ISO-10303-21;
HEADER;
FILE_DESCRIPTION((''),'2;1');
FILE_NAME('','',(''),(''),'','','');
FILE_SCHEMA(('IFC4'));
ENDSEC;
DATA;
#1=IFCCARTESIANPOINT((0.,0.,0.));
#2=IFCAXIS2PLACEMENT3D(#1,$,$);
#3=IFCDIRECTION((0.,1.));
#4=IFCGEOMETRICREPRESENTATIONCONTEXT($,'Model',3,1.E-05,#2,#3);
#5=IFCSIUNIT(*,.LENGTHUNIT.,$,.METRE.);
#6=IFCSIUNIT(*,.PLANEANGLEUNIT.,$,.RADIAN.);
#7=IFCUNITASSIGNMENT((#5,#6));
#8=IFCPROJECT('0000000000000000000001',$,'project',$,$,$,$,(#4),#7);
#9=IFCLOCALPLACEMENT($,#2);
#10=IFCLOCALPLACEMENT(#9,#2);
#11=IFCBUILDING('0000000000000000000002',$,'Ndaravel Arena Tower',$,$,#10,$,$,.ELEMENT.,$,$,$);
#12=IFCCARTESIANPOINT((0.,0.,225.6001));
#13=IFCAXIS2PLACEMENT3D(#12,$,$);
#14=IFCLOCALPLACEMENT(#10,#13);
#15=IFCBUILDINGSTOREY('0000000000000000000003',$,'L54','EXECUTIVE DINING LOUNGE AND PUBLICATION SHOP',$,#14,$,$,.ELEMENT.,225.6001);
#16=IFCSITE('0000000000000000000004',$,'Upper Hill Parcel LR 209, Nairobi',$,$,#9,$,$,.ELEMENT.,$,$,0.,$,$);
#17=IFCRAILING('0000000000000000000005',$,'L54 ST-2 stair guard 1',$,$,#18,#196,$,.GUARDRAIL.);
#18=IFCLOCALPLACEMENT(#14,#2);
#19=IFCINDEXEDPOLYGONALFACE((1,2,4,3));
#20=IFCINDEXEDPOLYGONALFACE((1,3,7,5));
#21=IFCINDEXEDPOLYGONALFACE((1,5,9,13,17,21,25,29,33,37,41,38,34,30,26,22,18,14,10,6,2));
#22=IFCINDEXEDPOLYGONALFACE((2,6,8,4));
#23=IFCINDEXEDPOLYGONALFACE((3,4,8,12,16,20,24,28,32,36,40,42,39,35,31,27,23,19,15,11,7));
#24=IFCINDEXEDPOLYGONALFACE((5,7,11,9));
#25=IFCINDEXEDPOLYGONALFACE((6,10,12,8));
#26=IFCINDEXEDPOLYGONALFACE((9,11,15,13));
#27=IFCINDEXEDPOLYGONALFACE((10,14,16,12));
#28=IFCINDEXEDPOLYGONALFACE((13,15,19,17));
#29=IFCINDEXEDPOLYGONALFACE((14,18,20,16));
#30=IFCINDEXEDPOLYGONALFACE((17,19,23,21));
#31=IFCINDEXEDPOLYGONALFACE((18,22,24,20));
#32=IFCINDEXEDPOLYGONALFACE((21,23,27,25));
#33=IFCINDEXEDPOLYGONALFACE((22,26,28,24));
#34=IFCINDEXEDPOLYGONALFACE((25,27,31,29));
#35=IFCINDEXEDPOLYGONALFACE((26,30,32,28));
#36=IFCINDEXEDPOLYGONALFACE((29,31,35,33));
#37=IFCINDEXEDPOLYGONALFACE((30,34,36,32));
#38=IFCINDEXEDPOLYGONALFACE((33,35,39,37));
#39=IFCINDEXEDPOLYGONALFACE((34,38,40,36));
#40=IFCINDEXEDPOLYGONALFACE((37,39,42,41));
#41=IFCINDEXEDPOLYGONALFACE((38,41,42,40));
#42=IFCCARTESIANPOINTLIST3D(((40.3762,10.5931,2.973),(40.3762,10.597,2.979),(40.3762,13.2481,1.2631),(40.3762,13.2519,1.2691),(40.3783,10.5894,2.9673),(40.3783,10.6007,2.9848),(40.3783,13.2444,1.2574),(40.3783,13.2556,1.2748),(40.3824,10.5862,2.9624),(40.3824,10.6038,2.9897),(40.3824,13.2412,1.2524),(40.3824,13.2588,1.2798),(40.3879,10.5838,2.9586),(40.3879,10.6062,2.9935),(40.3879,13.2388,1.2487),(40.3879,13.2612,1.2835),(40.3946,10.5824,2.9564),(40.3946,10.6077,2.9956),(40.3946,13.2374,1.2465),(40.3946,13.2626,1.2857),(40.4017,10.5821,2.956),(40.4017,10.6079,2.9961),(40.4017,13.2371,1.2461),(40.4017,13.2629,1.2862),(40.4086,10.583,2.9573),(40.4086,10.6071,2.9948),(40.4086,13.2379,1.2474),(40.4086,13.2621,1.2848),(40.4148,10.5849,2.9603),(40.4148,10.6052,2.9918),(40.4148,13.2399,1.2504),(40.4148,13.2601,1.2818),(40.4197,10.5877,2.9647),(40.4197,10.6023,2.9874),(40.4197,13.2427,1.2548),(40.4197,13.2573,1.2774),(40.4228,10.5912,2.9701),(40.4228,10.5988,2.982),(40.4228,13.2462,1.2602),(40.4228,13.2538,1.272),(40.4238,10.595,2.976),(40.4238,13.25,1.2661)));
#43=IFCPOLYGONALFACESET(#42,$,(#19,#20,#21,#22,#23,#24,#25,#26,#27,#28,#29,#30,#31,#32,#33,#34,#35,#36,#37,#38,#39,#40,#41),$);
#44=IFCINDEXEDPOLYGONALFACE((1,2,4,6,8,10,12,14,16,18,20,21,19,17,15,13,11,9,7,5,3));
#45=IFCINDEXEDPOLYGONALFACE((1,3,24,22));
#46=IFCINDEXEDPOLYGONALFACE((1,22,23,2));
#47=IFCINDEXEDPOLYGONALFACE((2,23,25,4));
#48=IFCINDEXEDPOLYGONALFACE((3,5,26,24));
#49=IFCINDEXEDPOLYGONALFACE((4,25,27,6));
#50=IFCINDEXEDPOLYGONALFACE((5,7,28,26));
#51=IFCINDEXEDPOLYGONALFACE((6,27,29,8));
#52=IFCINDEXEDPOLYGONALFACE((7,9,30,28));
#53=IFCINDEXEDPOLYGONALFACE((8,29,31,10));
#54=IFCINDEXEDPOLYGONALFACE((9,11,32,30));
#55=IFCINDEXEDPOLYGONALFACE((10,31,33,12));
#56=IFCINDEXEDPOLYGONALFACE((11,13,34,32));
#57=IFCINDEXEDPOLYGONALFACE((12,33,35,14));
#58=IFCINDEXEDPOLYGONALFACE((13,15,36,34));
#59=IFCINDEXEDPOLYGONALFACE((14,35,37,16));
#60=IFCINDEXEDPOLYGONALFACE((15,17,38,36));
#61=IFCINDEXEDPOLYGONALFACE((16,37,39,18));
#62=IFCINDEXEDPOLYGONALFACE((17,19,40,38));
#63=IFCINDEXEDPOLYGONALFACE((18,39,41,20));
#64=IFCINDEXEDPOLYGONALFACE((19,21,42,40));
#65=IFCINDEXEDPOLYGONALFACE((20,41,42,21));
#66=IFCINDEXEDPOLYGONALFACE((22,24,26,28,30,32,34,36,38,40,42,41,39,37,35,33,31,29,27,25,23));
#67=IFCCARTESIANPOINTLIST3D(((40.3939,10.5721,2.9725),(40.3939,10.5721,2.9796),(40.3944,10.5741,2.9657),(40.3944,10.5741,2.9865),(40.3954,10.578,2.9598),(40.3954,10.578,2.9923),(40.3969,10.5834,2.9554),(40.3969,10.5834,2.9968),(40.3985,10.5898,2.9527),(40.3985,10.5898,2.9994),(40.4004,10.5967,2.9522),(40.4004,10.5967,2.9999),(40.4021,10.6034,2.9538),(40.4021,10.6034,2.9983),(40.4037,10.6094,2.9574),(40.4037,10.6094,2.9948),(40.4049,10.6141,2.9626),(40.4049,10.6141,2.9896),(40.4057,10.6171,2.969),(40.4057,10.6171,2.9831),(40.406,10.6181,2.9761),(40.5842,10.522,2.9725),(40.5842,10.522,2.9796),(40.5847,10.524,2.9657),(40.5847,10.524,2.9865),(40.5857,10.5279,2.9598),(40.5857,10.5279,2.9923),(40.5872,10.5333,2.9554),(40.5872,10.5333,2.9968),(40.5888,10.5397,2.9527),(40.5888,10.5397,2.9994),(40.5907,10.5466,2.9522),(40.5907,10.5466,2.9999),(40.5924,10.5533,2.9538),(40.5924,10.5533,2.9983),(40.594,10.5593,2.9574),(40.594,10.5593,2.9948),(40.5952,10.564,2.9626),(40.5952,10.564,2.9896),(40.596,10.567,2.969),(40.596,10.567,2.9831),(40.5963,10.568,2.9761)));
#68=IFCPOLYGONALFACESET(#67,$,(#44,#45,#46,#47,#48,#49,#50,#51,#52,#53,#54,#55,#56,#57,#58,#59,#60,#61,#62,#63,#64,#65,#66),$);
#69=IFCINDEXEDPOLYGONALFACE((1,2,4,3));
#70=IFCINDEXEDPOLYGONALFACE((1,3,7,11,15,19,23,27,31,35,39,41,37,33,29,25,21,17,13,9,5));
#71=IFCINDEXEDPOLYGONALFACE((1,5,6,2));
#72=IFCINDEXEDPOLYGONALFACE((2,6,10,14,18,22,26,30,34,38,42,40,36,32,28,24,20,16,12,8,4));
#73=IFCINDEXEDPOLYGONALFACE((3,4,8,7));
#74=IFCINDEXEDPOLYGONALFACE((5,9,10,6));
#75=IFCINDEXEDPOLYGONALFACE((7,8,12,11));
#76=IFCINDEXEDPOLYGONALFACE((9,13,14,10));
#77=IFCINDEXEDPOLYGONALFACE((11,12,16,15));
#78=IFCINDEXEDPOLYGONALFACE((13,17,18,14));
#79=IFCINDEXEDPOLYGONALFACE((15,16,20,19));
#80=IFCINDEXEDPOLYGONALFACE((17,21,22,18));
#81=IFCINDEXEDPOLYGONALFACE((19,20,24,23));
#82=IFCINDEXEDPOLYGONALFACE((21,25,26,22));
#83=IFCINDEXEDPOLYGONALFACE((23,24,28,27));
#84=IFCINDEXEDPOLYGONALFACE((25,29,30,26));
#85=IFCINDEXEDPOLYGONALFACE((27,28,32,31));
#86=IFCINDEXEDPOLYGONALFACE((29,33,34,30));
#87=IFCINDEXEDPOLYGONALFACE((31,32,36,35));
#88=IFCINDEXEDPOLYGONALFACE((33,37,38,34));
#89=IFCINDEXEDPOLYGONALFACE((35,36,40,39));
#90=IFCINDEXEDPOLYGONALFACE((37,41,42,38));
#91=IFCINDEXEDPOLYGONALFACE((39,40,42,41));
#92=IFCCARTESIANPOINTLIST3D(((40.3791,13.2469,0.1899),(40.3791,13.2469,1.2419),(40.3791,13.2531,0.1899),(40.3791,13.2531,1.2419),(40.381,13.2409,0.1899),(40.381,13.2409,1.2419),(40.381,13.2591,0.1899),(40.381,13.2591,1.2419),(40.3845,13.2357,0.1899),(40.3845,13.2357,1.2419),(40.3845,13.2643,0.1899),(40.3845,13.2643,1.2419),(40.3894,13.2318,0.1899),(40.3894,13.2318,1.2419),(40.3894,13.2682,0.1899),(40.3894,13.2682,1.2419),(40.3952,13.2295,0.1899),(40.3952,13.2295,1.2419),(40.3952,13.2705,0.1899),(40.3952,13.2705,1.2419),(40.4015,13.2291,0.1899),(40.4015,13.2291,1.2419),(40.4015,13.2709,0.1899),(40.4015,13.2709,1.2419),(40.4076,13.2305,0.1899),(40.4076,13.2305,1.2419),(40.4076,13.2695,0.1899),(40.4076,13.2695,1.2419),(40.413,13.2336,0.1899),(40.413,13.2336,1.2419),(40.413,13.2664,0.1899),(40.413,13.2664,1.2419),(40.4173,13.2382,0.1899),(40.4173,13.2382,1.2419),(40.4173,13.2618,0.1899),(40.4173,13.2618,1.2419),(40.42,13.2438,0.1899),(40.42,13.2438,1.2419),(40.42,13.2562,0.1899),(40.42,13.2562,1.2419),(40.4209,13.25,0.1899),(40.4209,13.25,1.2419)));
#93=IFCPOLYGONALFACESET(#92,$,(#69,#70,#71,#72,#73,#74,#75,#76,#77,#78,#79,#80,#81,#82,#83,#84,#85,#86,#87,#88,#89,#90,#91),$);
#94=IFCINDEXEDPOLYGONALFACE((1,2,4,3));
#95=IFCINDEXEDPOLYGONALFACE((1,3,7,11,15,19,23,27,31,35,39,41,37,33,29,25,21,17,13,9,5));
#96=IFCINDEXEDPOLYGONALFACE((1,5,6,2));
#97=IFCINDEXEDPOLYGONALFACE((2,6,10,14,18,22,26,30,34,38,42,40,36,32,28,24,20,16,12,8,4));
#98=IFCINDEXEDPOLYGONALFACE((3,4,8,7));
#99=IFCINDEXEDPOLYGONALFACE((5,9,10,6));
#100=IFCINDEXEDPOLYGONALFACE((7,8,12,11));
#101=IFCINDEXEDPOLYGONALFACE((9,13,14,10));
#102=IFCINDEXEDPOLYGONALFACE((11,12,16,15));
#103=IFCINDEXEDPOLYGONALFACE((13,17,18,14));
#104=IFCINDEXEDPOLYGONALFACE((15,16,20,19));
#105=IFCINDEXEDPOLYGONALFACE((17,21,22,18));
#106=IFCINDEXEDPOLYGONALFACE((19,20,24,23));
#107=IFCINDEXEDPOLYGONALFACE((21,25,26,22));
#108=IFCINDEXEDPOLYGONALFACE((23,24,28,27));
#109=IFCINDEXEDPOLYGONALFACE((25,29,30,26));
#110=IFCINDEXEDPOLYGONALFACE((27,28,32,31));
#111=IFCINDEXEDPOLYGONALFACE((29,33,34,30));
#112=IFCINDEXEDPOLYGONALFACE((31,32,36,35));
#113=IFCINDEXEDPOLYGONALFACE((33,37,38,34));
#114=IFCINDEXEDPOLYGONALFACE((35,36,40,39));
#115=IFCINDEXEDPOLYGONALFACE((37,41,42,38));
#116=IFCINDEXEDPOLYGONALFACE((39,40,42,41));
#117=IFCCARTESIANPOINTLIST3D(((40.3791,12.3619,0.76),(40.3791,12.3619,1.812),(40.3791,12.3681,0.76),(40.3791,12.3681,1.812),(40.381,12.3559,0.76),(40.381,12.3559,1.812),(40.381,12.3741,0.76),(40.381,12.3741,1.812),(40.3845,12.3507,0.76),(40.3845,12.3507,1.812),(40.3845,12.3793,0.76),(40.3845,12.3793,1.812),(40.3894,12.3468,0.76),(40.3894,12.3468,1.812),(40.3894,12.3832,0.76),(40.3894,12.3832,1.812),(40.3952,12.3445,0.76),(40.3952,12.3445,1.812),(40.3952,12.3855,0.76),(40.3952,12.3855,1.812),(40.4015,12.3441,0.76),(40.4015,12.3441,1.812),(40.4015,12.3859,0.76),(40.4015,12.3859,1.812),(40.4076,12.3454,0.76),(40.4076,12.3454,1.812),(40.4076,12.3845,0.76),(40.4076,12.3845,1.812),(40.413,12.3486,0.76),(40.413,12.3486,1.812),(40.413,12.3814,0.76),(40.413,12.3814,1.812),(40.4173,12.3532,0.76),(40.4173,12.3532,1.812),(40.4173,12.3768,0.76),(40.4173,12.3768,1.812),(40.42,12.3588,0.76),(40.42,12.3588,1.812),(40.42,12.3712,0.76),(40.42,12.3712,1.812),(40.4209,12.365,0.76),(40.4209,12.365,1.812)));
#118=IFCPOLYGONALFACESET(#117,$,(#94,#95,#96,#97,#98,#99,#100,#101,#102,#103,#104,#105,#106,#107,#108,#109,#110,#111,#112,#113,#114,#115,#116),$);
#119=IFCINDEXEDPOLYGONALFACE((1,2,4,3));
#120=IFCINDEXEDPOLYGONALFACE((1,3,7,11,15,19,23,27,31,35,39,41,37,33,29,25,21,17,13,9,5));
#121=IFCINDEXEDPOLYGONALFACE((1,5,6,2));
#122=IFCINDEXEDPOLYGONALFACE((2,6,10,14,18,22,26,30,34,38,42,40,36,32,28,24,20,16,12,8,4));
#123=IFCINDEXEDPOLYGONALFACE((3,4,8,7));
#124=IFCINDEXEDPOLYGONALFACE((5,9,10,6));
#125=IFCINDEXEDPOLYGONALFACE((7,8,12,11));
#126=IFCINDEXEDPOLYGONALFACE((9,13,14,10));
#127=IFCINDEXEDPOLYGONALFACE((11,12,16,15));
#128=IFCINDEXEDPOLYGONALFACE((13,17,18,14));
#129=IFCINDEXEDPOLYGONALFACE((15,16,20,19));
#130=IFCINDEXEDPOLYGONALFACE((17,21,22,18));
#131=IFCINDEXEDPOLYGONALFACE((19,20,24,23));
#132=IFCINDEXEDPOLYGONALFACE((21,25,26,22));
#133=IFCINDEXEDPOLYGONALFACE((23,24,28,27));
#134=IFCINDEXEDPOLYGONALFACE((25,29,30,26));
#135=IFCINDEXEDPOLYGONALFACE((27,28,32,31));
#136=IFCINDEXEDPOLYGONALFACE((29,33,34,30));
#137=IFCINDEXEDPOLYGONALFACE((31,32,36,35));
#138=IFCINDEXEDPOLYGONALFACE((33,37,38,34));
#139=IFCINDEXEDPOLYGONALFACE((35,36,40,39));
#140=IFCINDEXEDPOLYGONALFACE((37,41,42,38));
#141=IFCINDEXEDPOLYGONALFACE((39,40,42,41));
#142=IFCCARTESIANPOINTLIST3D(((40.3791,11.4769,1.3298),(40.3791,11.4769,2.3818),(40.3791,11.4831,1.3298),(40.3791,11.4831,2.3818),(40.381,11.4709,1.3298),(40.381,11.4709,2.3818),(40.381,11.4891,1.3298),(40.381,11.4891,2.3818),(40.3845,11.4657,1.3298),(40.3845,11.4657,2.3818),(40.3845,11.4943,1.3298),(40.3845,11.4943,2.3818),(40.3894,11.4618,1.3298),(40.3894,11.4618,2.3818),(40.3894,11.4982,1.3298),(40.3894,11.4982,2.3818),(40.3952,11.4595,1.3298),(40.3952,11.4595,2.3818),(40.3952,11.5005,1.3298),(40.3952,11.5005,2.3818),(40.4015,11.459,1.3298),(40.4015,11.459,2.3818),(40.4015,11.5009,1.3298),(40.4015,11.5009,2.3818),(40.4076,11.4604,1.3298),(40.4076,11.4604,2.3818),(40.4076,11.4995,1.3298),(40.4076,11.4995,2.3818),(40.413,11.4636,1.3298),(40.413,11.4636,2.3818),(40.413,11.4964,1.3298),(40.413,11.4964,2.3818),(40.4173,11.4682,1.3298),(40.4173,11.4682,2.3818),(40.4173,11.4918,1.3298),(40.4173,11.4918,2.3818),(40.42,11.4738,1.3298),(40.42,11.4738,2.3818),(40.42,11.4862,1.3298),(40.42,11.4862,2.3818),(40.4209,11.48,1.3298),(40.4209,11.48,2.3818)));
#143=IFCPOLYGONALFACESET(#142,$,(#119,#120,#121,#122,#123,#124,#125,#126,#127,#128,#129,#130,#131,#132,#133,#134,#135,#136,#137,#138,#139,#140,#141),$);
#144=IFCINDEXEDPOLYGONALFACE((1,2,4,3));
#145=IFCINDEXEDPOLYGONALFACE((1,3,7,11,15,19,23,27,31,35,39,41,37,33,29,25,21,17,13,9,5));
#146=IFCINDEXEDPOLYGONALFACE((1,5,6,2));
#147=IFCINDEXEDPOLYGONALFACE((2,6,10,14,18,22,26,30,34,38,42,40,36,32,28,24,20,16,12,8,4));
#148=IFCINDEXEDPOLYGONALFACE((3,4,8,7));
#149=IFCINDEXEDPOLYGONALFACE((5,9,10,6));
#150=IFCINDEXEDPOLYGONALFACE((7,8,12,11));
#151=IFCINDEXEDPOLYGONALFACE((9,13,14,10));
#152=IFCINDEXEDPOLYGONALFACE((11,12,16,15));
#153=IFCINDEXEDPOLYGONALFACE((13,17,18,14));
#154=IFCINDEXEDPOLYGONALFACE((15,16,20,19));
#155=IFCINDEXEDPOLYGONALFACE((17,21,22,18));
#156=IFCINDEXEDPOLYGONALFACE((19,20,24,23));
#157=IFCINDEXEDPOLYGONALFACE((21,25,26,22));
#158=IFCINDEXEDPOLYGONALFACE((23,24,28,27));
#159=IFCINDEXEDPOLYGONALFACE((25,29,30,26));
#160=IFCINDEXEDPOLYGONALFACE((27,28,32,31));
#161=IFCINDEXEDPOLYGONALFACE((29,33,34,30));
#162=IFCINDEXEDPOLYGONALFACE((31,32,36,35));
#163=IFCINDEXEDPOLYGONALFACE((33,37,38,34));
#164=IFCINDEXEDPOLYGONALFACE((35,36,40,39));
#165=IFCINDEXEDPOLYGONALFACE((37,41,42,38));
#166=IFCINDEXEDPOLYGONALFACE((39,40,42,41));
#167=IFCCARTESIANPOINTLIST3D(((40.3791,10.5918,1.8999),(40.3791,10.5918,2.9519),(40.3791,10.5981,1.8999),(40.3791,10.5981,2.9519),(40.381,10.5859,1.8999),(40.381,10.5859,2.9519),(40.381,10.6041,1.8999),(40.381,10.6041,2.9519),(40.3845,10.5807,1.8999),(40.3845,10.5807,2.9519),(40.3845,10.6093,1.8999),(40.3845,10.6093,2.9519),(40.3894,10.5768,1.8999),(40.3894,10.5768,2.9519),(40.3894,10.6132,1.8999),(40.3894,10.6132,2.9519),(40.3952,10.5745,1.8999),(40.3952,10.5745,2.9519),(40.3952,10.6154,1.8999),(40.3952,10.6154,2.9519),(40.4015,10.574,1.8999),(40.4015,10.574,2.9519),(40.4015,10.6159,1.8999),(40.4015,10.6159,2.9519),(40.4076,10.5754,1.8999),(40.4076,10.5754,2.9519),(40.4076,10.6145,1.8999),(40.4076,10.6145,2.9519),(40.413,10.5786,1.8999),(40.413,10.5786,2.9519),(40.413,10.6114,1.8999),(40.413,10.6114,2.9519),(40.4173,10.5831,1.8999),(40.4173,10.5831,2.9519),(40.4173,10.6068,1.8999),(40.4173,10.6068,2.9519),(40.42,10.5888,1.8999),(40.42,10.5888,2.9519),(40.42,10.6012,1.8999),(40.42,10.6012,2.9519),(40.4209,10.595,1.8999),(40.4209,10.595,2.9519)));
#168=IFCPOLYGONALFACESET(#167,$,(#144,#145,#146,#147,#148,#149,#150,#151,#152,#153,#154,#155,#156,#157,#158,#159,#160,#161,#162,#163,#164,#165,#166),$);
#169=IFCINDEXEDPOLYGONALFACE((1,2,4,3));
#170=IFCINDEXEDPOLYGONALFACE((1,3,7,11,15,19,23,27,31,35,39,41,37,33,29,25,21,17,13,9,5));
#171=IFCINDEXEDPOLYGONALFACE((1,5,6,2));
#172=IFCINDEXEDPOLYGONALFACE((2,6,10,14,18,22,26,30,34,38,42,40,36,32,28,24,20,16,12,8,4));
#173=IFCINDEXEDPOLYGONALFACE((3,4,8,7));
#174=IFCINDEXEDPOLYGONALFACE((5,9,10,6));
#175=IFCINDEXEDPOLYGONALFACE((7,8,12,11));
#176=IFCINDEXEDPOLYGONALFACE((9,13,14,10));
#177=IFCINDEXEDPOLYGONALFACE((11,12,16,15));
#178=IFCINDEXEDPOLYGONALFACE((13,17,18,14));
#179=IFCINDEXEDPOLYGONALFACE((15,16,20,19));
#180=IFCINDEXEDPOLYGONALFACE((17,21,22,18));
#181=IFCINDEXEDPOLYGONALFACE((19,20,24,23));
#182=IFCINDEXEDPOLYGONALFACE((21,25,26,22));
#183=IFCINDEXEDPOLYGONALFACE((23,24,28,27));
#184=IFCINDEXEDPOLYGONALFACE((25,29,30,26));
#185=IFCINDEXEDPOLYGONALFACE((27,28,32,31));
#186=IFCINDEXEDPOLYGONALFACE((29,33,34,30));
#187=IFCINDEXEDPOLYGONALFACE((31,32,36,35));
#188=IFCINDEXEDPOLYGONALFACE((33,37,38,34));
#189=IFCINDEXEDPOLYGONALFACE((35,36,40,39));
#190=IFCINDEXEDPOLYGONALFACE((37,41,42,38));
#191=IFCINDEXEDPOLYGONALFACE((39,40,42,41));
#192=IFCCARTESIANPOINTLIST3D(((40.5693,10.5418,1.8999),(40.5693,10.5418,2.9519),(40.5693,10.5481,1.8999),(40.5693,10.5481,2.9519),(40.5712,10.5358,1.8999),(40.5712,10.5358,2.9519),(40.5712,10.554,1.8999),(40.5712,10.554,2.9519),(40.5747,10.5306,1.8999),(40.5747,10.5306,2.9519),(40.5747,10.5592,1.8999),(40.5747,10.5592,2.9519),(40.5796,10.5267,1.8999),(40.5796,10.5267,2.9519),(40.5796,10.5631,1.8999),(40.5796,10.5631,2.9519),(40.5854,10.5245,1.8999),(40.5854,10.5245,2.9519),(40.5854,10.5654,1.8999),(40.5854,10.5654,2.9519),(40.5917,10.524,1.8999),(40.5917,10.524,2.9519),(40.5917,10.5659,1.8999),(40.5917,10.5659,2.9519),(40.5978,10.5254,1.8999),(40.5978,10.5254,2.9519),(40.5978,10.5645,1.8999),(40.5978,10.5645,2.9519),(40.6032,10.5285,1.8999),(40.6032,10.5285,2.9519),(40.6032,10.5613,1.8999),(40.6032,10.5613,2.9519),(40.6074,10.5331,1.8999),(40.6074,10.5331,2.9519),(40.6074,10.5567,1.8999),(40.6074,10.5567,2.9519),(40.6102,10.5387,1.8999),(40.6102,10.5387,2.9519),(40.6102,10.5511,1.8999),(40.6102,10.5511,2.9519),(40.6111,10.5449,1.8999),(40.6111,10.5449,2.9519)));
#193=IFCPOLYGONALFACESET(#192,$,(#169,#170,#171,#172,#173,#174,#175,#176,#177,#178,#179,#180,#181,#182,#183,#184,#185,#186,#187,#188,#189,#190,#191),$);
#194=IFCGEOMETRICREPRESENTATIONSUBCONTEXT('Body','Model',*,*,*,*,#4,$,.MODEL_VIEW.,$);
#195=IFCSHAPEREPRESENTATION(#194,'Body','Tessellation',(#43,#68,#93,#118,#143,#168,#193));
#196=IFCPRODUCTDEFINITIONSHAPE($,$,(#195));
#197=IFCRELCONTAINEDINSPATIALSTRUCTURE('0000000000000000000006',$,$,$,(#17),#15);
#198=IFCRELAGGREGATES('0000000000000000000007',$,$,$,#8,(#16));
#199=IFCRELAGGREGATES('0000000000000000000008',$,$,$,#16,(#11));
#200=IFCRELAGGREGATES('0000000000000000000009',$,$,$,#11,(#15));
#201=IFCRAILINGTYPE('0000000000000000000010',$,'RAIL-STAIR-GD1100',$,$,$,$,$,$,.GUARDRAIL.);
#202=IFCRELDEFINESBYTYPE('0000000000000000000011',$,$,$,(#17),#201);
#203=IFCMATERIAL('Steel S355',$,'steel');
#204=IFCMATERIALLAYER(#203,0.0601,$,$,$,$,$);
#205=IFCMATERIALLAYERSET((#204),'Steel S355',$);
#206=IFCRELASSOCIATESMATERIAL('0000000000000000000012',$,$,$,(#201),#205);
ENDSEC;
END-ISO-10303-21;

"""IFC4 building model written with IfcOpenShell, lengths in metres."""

from ifc_helpers import new_model, si_unit, direction, frame, origin, origin_2d, place, context, subcontext, project, spatial, circle, extrude, material, layer, layer_set, type_object, element, save


model = new_model("IFC4")

# Units and contexts
model_context = context("Model", 3, precision=1e-05, world=origin(), true_north=direction((0.0, 1.0)))
body_context = subcontext(model_context, "Body", "Model", "MODEL_VIEW")
ifc_project = project(units=[si_unit("LENGTHUNIT", "METRE"), si_unit("PLANEANGLEUNIT", "RADIAN")], contexts=[model_context])

# Site, building, storey
site_placement = place(None, origin())
site = spatial("IfcSite", under=ifc_project, at=site_placement, Name="Upper Hill Parcel LR 209, Nairobi", CompositionType="ELEMENT", RefElevation=0.0)
building_placement = place(site_placement, origin())
building = spatial("IfcBuilding", under=site, at=building_placement, Name="Ndaravel Arena Tower", CompositionType="ELEMENT")
storey_placement = place(building_placement, frame((0.0, 0.0, 225.6001)))
storey = spatial("IfcBuildingStorey", under=building, at=storey_placement, Name="L54", Description="EXECUTIVE DINING LOUNGE AND PUBLICATION SHOP", CompositionType="ELEMENT", Elevation=225.6001)

# Railing
ifc_material_1 = material(Name="Steel S355", Category="steel")
ifc_layer_1 = layer(ifc_material_1, 0.0601)
ifc_layer_set_1 = layer_set([ifc_layer_1], Name="Steel S355")
railing_type_1 = type_object("IfcRailingType", Name="RAIL-STAIR-GD1100", PredefinedType="GUARDRAIL", material=ifc_layer_set_1)
railing_1_placement = place(storey_placement, frame((40.3999, 13.25, 0.1899)))
element("IfcRailing", 1, at=railing_1_placement, inside=storey, type_object=railing_type_1, Name="L54 ST-2 stair guard 1", PredefinedType="GUARDRAIL", context=body_context, shape_type="SweptSolid", body=[
    extrude(circle(Radius=0.0239, at=origin_2d()), frame((0.0, 0.0, 1.0762), z_axis=(0.0, -0.840724, 0.541465), x_axis=(1.0, 0.0, 0.0)), (0.0, 0.0, 1.0), 3.158),
    extrude(circle(Radius=0.0239, at=origin_2d()), frame((0.0, -2.655, 2.7861), z_axis=(0.967075, -0.254493, 0.0), x_axis=(0.254493, 0.967075, 0.0)), (0.0, 0.0, 1.0), 0.1968),
    extrude(circle(Radius=0.021, at=origin_2d()), origin(), (0.0, 0.0, 1.0), 1.052),
    extrude(circle(Radius=0.021, at=origin_2d()), frame((0.0, -0.885, 0.5701)), (0.0, 0.0, 1.0), 1.052),
    extrude(circle(Radius=0.021, at=origin_2d()), frame((0.0, -1.77, 1.1399)), (0.0, 0.0, 1.0), 1.052),
    extrude(circle(Radius=0.021, at=origin_2d()), frame((0.0, -2.655, 1.71)), (0.0, 0.0, 1.0), 1.052),
    extrude(circle(Radius=0.021, at=origin_2d()), frame((0.1902, -2.7051, 1.71)), (0.0, 0.0, 1.0), 1.052),
])

save(model, "model.ifc")
